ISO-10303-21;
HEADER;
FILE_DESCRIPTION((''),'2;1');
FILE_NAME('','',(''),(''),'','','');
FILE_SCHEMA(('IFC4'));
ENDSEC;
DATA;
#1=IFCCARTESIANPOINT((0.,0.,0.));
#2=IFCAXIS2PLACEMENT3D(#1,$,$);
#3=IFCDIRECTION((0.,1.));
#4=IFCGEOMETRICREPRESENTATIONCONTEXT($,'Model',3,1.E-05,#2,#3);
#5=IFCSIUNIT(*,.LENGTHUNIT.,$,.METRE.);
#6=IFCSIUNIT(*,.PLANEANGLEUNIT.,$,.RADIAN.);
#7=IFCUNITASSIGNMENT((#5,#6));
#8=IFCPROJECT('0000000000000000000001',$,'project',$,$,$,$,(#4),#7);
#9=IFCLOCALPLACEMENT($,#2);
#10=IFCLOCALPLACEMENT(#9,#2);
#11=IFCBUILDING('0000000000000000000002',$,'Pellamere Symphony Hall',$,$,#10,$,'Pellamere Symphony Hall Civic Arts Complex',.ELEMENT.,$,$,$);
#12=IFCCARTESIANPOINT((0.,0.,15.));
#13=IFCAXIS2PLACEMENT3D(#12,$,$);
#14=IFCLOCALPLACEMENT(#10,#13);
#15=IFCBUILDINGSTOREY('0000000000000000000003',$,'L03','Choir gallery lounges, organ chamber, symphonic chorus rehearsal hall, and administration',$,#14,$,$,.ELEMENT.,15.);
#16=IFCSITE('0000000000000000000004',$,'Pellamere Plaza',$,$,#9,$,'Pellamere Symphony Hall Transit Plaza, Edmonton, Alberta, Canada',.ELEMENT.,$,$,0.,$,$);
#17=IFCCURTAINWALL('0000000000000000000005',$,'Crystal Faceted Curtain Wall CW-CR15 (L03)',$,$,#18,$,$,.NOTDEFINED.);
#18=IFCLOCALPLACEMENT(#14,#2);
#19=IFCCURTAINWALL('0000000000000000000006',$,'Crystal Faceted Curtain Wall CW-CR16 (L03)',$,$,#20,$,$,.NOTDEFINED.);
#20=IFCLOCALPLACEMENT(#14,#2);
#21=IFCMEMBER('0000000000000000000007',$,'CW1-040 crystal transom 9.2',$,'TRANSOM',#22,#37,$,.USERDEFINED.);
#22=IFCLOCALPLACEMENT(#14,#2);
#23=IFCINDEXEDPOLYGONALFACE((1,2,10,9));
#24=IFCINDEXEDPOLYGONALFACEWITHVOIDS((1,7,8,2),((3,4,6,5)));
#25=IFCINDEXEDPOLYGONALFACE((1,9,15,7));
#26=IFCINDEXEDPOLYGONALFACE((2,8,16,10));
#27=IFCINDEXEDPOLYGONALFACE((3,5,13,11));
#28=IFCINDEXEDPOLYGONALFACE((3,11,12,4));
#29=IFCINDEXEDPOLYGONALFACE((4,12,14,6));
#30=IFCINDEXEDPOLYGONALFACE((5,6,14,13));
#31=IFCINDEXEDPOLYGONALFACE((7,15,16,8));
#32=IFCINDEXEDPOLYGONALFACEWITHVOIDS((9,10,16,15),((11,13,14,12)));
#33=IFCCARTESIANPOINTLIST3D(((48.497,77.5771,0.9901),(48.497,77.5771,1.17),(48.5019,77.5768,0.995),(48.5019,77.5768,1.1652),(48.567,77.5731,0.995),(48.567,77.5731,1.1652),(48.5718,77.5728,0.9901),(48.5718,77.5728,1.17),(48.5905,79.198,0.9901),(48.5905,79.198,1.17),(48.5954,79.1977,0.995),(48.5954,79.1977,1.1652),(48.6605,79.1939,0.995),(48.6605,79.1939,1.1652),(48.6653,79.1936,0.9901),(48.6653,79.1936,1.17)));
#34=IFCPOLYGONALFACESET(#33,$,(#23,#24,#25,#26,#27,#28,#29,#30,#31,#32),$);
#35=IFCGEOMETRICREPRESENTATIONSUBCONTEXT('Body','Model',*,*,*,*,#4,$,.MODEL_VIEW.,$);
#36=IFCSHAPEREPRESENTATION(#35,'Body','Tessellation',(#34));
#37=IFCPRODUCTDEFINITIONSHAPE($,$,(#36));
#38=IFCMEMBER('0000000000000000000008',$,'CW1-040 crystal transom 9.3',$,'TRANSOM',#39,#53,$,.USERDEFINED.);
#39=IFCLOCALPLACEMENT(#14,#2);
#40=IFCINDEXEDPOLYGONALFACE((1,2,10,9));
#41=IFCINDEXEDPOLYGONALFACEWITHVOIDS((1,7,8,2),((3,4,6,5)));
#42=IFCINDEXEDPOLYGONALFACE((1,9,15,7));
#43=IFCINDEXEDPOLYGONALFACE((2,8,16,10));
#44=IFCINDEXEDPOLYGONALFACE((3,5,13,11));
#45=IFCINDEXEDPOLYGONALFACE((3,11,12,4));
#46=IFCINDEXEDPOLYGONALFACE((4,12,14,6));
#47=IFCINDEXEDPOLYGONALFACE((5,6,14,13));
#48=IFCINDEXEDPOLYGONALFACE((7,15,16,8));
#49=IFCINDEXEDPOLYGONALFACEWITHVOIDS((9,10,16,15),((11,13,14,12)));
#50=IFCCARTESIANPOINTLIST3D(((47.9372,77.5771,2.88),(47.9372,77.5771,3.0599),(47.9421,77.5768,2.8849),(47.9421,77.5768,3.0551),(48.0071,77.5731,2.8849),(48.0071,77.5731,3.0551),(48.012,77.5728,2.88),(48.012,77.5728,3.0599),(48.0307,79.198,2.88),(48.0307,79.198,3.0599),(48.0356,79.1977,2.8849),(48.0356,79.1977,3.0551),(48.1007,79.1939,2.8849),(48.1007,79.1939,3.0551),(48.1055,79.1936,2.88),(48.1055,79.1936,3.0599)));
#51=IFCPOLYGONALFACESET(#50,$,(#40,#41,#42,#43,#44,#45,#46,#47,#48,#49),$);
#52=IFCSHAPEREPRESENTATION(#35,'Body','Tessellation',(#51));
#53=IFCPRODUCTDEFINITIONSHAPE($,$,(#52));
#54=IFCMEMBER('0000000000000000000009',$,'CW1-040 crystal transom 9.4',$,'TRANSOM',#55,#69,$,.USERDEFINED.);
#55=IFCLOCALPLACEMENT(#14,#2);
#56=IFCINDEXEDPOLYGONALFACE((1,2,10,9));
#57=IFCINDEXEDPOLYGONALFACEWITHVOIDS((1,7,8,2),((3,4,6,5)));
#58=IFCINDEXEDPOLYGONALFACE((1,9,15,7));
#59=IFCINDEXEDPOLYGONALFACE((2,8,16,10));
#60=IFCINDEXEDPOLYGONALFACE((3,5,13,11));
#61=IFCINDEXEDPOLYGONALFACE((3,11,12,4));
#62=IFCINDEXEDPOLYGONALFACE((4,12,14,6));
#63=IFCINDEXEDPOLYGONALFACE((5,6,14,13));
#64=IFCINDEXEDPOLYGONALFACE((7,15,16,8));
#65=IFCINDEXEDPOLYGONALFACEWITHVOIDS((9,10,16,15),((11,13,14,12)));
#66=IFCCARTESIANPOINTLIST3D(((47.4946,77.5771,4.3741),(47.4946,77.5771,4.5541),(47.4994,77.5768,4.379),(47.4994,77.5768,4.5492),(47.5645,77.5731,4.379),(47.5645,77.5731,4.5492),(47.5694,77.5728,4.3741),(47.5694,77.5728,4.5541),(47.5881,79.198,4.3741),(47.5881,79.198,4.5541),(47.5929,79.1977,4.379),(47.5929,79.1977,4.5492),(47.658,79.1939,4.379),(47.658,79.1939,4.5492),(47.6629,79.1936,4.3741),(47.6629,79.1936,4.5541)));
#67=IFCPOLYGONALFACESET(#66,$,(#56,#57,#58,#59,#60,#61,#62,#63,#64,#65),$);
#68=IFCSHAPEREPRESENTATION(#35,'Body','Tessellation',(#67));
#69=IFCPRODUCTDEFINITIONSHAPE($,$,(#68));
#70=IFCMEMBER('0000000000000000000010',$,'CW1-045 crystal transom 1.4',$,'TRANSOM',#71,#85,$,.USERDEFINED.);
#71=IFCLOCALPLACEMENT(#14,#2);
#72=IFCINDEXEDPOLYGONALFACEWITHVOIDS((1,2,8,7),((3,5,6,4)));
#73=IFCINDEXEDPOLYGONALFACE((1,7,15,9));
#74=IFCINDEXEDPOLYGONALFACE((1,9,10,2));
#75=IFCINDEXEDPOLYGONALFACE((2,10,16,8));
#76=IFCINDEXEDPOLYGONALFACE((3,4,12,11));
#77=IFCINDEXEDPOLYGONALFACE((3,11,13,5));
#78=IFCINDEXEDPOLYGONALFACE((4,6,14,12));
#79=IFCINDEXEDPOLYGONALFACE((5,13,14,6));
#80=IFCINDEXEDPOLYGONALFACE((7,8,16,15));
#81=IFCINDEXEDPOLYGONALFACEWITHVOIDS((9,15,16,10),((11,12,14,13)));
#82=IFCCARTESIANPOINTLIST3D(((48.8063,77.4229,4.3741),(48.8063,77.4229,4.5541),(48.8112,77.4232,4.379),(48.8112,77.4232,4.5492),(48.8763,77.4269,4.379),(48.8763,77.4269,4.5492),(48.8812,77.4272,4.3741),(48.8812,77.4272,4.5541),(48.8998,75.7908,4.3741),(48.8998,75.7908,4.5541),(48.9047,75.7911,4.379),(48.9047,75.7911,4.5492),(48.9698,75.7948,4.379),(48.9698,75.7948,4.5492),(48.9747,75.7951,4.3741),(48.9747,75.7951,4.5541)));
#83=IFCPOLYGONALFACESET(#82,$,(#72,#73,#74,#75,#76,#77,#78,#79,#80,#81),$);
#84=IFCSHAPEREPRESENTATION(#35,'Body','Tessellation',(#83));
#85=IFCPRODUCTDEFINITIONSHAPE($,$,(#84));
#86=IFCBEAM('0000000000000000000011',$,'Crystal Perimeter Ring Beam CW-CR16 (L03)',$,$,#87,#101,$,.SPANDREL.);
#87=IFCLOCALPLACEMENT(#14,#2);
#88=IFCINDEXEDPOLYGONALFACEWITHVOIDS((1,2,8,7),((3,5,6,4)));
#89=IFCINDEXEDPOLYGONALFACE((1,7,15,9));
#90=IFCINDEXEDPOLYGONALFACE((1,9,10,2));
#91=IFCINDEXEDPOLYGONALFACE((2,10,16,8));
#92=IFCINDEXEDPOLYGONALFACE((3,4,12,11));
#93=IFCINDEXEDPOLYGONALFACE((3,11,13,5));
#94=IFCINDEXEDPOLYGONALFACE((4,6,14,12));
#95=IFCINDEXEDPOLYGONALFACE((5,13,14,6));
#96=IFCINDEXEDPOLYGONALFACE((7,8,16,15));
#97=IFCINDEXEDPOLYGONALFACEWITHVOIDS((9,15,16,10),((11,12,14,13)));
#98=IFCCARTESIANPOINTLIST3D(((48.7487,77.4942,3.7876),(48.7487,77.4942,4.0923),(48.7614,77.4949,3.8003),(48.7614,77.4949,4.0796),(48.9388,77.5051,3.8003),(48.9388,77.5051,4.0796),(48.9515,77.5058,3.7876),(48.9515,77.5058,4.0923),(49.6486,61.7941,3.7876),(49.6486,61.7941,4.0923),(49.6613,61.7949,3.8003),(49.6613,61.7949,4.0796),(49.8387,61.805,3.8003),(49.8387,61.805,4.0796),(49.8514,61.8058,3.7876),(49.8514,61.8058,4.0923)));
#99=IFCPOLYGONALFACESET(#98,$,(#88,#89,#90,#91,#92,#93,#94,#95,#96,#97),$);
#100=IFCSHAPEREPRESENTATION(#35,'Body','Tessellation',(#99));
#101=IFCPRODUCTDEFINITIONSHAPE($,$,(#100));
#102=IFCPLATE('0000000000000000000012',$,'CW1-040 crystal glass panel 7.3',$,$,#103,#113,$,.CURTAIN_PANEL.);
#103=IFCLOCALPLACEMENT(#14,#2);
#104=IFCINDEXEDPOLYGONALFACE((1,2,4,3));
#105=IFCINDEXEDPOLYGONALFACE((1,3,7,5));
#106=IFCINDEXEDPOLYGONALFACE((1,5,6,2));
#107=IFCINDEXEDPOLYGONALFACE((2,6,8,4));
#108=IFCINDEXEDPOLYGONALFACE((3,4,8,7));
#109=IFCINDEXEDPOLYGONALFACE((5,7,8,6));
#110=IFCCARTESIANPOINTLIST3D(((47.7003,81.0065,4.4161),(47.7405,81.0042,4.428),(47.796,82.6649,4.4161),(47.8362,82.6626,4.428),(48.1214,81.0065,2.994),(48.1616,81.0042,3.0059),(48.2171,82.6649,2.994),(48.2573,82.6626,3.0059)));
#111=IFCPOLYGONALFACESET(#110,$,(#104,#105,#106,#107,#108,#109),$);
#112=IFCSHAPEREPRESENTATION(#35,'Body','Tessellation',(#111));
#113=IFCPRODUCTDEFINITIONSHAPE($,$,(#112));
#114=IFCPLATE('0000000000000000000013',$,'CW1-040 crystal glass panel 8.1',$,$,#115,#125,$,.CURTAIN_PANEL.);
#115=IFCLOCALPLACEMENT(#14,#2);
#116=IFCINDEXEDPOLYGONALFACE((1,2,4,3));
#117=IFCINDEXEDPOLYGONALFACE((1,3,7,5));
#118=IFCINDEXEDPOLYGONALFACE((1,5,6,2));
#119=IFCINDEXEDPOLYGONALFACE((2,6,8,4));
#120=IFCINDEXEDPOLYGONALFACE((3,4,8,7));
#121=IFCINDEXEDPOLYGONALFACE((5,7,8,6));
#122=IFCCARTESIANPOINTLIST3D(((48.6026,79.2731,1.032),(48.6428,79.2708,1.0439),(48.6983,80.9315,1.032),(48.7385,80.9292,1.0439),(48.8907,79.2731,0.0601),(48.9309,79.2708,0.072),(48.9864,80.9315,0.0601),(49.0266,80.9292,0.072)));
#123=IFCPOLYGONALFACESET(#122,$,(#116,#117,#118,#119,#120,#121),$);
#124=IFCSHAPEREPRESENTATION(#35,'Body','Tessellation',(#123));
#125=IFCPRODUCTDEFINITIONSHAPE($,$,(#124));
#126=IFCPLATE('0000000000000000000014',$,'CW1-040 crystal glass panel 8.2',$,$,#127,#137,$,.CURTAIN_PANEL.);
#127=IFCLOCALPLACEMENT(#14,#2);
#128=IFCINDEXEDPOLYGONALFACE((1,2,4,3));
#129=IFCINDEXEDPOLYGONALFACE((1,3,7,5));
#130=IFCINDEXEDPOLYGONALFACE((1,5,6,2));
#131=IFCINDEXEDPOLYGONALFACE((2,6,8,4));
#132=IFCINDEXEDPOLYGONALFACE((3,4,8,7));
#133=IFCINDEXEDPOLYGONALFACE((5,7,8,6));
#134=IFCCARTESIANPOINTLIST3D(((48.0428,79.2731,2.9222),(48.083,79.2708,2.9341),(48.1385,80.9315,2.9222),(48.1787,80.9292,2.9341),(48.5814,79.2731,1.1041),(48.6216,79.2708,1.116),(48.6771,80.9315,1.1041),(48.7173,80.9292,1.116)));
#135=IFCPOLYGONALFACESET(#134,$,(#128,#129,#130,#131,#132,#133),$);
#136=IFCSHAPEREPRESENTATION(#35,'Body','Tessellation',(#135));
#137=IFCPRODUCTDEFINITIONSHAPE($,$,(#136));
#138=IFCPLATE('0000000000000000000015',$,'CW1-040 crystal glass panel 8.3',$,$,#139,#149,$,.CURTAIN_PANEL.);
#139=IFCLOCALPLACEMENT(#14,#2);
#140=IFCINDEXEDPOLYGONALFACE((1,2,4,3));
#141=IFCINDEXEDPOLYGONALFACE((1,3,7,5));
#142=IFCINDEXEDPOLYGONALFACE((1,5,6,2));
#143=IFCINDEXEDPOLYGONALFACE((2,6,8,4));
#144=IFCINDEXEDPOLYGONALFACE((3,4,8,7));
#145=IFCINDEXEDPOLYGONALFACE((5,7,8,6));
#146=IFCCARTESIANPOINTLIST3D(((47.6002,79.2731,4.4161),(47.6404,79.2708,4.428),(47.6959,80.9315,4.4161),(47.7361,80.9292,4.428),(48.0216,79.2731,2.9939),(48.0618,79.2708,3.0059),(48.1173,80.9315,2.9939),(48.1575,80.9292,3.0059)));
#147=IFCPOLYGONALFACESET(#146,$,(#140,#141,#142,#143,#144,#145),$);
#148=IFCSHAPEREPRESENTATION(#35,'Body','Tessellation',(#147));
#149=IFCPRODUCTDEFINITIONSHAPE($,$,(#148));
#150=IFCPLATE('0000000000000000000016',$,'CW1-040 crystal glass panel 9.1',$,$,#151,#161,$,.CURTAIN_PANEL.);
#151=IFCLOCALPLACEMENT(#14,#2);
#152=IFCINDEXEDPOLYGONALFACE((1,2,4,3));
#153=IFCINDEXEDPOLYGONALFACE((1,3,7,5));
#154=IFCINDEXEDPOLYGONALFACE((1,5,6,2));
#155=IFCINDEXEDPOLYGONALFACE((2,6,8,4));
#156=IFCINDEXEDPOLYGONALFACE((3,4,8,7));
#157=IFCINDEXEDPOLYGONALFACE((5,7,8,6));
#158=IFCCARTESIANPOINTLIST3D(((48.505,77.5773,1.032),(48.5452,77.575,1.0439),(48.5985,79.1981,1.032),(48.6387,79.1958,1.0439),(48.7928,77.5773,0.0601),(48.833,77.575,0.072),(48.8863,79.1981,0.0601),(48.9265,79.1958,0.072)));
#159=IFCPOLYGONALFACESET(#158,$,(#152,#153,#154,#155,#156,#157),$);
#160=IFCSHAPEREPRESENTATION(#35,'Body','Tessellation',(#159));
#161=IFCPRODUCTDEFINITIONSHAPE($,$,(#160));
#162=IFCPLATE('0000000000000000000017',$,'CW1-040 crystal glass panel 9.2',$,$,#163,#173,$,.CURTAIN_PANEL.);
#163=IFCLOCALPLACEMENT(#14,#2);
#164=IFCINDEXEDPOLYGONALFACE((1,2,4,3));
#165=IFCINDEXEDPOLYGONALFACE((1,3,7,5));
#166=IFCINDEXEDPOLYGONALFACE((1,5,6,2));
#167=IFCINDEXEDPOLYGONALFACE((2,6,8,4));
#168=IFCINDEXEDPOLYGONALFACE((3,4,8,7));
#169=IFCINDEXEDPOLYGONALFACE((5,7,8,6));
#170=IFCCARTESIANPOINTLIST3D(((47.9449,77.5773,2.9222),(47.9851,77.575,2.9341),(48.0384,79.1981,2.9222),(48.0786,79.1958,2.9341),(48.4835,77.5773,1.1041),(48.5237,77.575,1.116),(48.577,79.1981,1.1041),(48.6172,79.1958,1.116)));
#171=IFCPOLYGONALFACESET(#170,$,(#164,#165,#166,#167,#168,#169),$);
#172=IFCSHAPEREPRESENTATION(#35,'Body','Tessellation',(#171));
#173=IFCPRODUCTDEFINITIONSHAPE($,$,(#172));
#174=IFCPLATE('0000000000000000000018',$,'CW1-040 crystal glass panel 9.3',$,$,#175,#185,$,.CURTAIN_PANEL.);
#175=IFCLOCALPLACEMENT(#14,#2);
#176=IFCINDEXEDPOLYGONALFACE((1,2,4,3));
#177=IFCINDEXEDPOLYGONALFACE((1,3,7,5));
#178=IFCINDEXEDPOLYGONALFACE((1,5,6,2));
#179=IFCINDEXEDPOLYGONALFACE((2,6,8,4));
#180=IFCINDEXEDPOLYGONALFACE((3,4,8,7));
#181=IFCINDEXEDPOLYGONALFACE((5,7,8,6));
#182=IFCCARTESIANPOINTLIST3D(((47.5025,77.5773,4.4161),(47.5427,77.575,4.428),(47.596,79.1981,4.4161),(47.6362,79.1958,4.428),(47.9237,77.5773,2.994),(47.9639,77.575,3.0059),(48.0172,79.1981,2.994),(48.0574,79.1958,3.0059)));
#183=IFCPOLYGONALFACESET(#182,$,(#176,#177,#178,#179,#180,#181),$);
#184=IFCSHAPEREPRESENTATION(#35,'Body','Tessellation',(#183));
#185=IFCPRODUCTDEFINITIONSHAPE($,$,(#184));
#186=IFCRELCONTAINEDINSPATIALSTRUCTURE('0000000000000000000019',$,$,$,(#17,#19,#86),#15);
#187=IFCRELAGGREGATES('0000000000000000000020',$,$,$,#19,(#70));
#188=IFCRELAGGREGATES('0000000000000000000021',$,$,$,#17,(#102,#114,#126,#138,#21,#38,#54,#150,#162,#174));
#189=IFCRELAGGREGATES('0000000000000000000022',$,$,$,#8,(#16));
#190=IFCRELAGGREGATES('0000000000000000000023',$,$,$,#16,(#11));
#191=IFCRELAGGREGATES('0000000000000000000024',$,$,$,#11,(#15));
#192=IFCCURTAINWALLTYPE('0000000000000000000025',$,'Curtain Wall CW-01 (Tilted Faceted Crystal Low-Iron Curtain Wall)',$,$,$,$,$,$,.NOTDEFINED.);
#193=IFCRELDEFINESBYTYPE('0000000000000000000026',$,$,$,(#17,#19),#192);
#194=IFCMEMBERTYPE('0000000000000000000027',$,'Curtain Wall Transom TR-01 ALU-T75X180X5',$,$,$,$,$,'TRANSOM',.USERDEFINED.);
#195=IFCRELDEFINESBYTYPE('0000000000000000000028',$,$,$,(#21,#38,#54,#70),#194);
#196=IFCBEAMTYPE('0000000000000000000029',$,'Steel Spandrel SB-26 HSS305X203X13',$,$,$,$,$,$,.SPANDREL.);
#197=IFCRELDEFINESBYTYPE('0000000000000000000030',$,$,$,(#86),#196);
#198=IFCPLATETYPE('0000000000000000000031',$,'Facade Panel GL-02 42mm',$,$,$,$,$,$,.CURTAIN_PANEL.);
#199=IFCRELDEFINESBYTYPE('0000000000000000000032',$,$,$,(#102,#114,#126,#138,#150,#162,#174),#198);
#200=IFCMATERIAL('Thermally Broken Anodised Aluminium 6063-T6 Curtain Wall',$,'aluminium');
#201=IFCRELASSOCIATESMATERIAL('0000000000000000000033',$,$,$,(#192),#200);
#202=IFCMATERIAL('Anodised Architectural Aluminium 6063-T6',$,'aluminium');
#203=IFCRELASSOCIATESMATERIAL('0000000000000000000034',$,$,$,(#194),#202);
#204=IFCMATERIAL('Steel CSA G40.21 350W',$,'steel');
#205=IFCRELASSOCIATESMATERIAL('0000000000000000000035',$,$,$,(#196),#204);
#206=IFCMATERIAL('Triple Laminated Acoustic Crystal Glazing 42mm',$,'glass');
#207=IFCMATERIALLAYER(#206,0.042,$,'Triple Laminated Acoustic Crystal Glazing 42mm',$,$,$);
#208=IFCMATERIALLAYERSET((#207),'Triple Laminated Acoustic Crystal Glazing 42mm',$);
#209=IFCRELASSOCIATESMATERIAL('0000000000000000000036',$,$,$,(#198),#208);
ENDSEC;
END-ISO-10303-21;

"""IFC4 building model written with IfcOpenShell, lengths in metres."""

from ifc_helpers import new_model, si_unit, direction, frame, origin, origin_2d, place, context, subcontext, project, spatial, polyline, hollow_rectangle, outline, extrude, material, layer, layer_set, material_profile, profile_set, type_object, element, aggregate, save


model = new_model("IFC4")

# Units and contexts
model_context = context("Model", 3, precision=1e-05, world=origin(), true_north=direction((0.0, 1.0)))
body_context = subcontext(model_context, "Body", "Model", "MODEL_VIEW")
ifc_project = project(units=[si_unit("LENGTHUNIT", "METRE"), si_unit("PLANEANGLEUNIT", "RADIAN")], contexts=[model_context])

# Site, building, storey
site_placement = place(None, origin())
site = spatial("IfcSite", under=ifc_project, at=site_placement, Name="Pellamere Plaza", LongName="Pellamere Symphony Hall Transit Plaza, Edmonton, Alberta, Canada", CompositionType="ELEMENT", RefElevation=0.0)
building_placement = place(site_placement, origin())
building = spatial("IfcBuilding", under=site, at=building_placement, Name="Pellamere Symphony Hall", LongName="Pellamere Symphony Hall Civic Arts Complex", CompositionType="ELEMENT")
storey_placement = place(building_placement, frame((0.0, 0.0, 15.0)))
storey = spatial("IfcBuildingStorey", under=building, at=storey_placement, Name="L03", Description="Choir gallery lounges, organ chamber, symphonic chorus rehearsal hall, and administration", CompositionType="ELEMENT", Elevation=15.0)

# Curtain wall
ifc_material_1 = material(Name="Thermally Broken Anodised Aluminium 6063-T6 Curtain Wall", Category="aluminium")
curtain_wall_type = type_object("IfcCurtainWallType", Name="Curtain Wall CW-01 (Tilted Faceted Crystal Low-Iron Curtain Wall)", PredefinedType="NOTDEFINED", material=ifc_material_1)
curtain_wall_1_placement = place(storey_placement, origin())
curtain_wall_1 = element("IfcCurtainWall", 1, at=curtain_wall_1_placement, inside=storey, type_object=curtain_wall_type, Name="Crystal Faceted Curtain Wall CW-CR15 (L03)", PredefinedType="NOTDEFINED")
ifc_material_2 = material(Name="Anodised Architectural Aluminium 6063-T6", Category="aluminium")

# Curtain wall
curtain_wall_2_placement = place(storey_placement, origin())
curtain_wall_2 = element("IfcCurtainWall", 2, at=curtain_wall_2_placement, inside=storey, type_object=curtain_wall_type, Name="Crystal Faceted Curtain Wall CW-CR16 (L03)", PredefinedType="NOTDEFINED")

# Members
ifc_material_profile_1 = material_profile(ifc_material_2, hollow_rectangle(XDim=0.075, YDim=0.1799, WallThickness=0.0049, at=origin_2d()), Name="ALU-T75X180X5")
ifc_profile_set_1 = profile_set([ifc_material_profile_1], Name="Anodised Architectural Aluminium 6063-T6")
member_type_1 = type_object("IfcMemberType", Name="Curtain Wall Transom TR-01 ALU-T75X180X5", ElementType="TRANSOM", PredefinedType="USERDEFINED", material=ifc_profile_set_1)
member_1_placement = place(storey_placement, frame((48.6279, 79.1958, 1.0801), z_axis=(-0.057594, -0.99834, 0.0), x_axis=(0.99834, -0.057594, 0.0)))
member_1 = element("IfcMember", 3, at=member_1_placement, type_object=member_type_1, Name="CW1-040 crystal transom 9.2", ObjectType="TRANSOM", PredefinedType="USERDEFINED", context=body_context, shape_type="SweptSolid", body=[
    extrude(hollow_rectangle(XDim=0.075, YDim=0.1799, WallThickness=0.0049, at=origin_2d()), origin(), (0.0, 0.0, 1.0), 1.6235),
])
member_2_placement = place(storey_placement, frame((48.0681, 79.1958, 2.97), z_axis=(-0.057594, -0.99834, 0.0), x_axis=(0.99834, -0.057594, 0.0)))
member_2 = element("IfcMember", 4, at=member_2_placement, type_object=member_type_1, Name="CW1-040 crystal transom 9.3", ObjectType="TRANSOM", PredefinedType="USERDEFINED", context=body_context, shape_type="SweptSolid", body=[
    extrude(hollow_rectangle(XDim=0.075, YDim=0.1799, WallThickness=0.0049, at=origin_2d()), origin(), (0.0, 0.0, 1.0), 1.6235),
])
member_3_placement = place(storey_placement, frame((47.6255, 79.1958, 4.4641), z_axis=(-0.057594, -0.99834, 0.0), x_axis=(0.99834, -0.057594, 0.0)))
member_3 = element("IfcMember", 5, at=member_3_placement, type_object=member_type_1, Name="CW1-040 crystal transom 9.4", ObjectType="TRANSOM", PredefinedType="USERDEFINED", context=body_context, shape_type="SweptSolid", body=[
    extrude(hollow_rectangle(XDim=0.075, YDim=0.1799, WallThickness=0.0049, at=origin_2d()), origin(), (0.0, 0.0, 1.0), 1.6235),
])
member_4_placement = place(storey_placement, frame((48.8438, 77.425, 4.4641), z_axis=(0.057199, -0.998363, 0.0), x_axis=(0.998363, 0.057199, 0.0)))
member_4 = element("IfcMember", 6, at=member_4_placement, type_object=member_type_1, Name="CW1-045 crystal transom 1.4", ObjectType="TRANSOM", PredefinedType="USERDEFINED", context=body_context, shape_type="SweptSolid", body=[
    extrude(hollow_rectangle(XDim=0.075, YDim=0.1799, WallThickness=0.0049, at=origin_2d()), origin(), (0.0, 0.0, 1.0), 1.6348),
])
aggregate(curtain_wall_2, [member_4])

# Beam
ifc_material_3 = material(Name="Steel CSA G40.21 350W", Category="steel")
ifc_material_profile_2 = material_profile(ifc_material_3, hollow_rectangle(XDim=0.2031, YDim=0.3047, WallThickness=0.0127, at=origin_2d()), Name="HSS305X203X13")
ifc_profile_set_2 = profile_set([ifc_material_profile_2], Name="Steel CSA G40.21 350W")
beam_type = type_object("IfcBeamType", Name="Steel Spandrel SB-26 HSS305X203X13", PredefinedType="SPANDREL", material=ifc_profile_set_2)
beam_placement = place(storey_placement, frame((48.8501, 77.5, 3.9399), z_axis=(0.057225, -0.998361, 0.0), x_axis=(0.998361, 0.057225, 0.0)))
element("IfcBeam", 7, at=beam_placement, inside=storey, type_object=beam_type, Name="Crystal Perimeter Ring Beam CW-CR16 (L03)", PredefinedType="SPANDREL", context=body_context, shape_type="SweptSolid", body=[
    extrude(hollow_rectangle(XDim=0.2031, YDim=0.3047, WallThickness=0.0127, at=origin_2d()), origin(), (0.0, 0.0, 1.0), 15.7258),
])

# Plates
ifc_material_4 = material(Name="Triple Laminated Acoustic Crystal Glazing 42mm", Category="glass")
ifc_layer_1 = layer(ifc_material_4, 0.042, Name="Triple Laminated Acoustic Crystal Glazing 42mm")
ifc_layer_set_1 = layer_set([ifc_layer_1], Name="Triple Laminated Acoustic Crystal Glazing 42mm")
plate_type_1 = type_object("IfcPlateType", Name="Facade Panel GL-02 42mm", PredefinedType="CURTAIN_PANEL", material=ifc_layer_set_1)
plate_1_placement = place(storey_placement, frame((48.2573, 82.6626, 3.0059), z_axis=(0.957375, -0.055247, 0.283515), x_axis=(-0.057611, -0.998339, 0.0)))
plate_1 = element("IfcPlate", 8, at=plate_1_placement, type_object=plate_type_1, Name="CW1-040 crystal glass panel 7.3", PredefinedType="CURTAIN_PANEL", context=body_context, shape_type="SweptSolid", body=[
    extrude(outline(polyline([(0.0, 0.0), (1.6612, 0.0), (1.6855, -1.483), (0.0243, -1.483), (0.0, 0.0)])), origin(), (0.0, 0.0, -1.0), 0.042),
])
plate_2_placement = place(storey_placement, frame((49.0266, 80.9292, 0.072), z_axis=(0.957305, -0.055243, 0.283753), x_axis=(-0.057611, -0.998339, 0.0)))
plate_2 = element("IfcPlate", 9, at=plate_2_placement, type_object=plate_type_1, Name="CW1-040 crystal glass panel 8.1", PredefinedType="CURTAIN_PANEL", context=body_context, shape_type="SweptSolid", body=[
    extrude(outline(polyline([(0.0, 0.0), (1.6612, 0.0), (1.6778, -1.0136), (0.0166, -1.0136), (0.0, 0.0)])), origin(), (0.0, 0.0, -1.0), 0.042),
])
plate_3_placement = place(storey_placement, frame((48.7173, 80.9292, 1.116), z_axis=(0.957352, -0.055245, 0.283593), x_axis=(-0.057611, -0.998339, 0.0)))
plate_3 = element("IfcPlate", 10, at=plate_3_placement, type_object=plate_type_1, Name="CW1-040 crystal glass panel 8.2", PredefinedType="CURTAIN_PANEL", context=body_context, shape_type="SweptSolid", body=[
    extrude(outline(polyline([(0.0, 0.0), (1.6612, 0.0), (1.6922, -1.896), (0.031, -1.896), (0.0, 0.0)])), origin(), (0.0, 0.0, -1.0), 0.042),
])
plate_4_placement = place(storey_placement, frame((48.1575, 80.9292, 3.0059), z_axis=(0.957331, -0.055244, 0.283666), x_axis=(-0.057611, -0.998339, 0.0)))
plate_4 = element("IfcPlate", 11, at=plate_4_placement, type_object=plate_type_1, Name="CW1-040 crystal glass panel 8.3", PredefinedType="CURTAIN_PANEL", context=body_context, shape_type="SweptSolid", body=[
    extrude(outline(polyline([(0.0, 0.0), (1.6612, 0.0), (1.6855, -1.483), (0.0243, -1.483), (0.0, 0.0)])), origin(), (0.0, 0.0, -1.0), 0.042),
])
plate_5_placement = place(storey_placement, frame((48.9265, 79.1958, 0.072), z_axis=(0.957371, -0.05523, 0.283532), x_axis=(-0.057594, -0.99834, 0.0)))
plate_5 = element("IfcPlate", 12, at=plate_5_placement, type_object=plate_type_1, Name="CW1-040 crystal glass panel 9.1", PredefinedType="CURTAIN_PANEL", context=body_context, shape_type="SweptSolid", body=[
    extrude(outline(polyline([(0.0, 0.0), (1.6235, 0.0), (1.6401, -1.0135), (0.0166, -1.0135), (0.0, 0.0)])), origin(), (0.0, 0.0, -1.0), 0.042),
])
plate_6_placement = place(storey_placement, frame((48.6172, 79.1958, 1.116), z_axis=(0.957353, -0.055229, 0.283593), x_axis=(-0.057594, -0.99834, 0.0)))
plate_6 = element("IfcPlate", 13, at=plate_6_placement, type_object=plate_type_1, Name="CW1-040 crystal glass panel 9.2", PredefinedType="CURTAIN_PANEL", context=body_context, shape_type="SweptSolid", body=[
    extrude(outline(polyline([(0.0, 0.0), (1.6235, 0.0), (1.6546, -1.896), (0.031, -1.896), (0.0, 0.0)])), origin(), (0.0, 0.0, -1.0), 0.042),
])
plate_7_placement = place(storey_placement, frame((48.0574, 79.1958, 3.0059), z_axis=(0.957376, -0.05523, 0.283515), x_axis=(-0.057594, -0.99834, 0.0)))
plate_7 = element("IfcPlate", 14, at=plate_7_placement, type_object=plate_type_1, Name="CW1-040 crystal glass panel 9.3", PredefinedType="CURTAIN_PANEL", context=body_context, shape_type="SweptSolid", body=[
    extrude(outline(polyline([(0.0, 0.0), (1.6235, 0.0), (1.6478, -1.483), (0.0243, -1.483), (0.0, 0.0)])), origin(), (0.0, 0.0, -1.0), 0.042),
])
aggregate(curtain_wall_1, [plate_1, plate_2, plate_3, plate_4, member_1, member_2, member_3, plate_5, plate_6, plate_7])

save(model, "model.ifc")
